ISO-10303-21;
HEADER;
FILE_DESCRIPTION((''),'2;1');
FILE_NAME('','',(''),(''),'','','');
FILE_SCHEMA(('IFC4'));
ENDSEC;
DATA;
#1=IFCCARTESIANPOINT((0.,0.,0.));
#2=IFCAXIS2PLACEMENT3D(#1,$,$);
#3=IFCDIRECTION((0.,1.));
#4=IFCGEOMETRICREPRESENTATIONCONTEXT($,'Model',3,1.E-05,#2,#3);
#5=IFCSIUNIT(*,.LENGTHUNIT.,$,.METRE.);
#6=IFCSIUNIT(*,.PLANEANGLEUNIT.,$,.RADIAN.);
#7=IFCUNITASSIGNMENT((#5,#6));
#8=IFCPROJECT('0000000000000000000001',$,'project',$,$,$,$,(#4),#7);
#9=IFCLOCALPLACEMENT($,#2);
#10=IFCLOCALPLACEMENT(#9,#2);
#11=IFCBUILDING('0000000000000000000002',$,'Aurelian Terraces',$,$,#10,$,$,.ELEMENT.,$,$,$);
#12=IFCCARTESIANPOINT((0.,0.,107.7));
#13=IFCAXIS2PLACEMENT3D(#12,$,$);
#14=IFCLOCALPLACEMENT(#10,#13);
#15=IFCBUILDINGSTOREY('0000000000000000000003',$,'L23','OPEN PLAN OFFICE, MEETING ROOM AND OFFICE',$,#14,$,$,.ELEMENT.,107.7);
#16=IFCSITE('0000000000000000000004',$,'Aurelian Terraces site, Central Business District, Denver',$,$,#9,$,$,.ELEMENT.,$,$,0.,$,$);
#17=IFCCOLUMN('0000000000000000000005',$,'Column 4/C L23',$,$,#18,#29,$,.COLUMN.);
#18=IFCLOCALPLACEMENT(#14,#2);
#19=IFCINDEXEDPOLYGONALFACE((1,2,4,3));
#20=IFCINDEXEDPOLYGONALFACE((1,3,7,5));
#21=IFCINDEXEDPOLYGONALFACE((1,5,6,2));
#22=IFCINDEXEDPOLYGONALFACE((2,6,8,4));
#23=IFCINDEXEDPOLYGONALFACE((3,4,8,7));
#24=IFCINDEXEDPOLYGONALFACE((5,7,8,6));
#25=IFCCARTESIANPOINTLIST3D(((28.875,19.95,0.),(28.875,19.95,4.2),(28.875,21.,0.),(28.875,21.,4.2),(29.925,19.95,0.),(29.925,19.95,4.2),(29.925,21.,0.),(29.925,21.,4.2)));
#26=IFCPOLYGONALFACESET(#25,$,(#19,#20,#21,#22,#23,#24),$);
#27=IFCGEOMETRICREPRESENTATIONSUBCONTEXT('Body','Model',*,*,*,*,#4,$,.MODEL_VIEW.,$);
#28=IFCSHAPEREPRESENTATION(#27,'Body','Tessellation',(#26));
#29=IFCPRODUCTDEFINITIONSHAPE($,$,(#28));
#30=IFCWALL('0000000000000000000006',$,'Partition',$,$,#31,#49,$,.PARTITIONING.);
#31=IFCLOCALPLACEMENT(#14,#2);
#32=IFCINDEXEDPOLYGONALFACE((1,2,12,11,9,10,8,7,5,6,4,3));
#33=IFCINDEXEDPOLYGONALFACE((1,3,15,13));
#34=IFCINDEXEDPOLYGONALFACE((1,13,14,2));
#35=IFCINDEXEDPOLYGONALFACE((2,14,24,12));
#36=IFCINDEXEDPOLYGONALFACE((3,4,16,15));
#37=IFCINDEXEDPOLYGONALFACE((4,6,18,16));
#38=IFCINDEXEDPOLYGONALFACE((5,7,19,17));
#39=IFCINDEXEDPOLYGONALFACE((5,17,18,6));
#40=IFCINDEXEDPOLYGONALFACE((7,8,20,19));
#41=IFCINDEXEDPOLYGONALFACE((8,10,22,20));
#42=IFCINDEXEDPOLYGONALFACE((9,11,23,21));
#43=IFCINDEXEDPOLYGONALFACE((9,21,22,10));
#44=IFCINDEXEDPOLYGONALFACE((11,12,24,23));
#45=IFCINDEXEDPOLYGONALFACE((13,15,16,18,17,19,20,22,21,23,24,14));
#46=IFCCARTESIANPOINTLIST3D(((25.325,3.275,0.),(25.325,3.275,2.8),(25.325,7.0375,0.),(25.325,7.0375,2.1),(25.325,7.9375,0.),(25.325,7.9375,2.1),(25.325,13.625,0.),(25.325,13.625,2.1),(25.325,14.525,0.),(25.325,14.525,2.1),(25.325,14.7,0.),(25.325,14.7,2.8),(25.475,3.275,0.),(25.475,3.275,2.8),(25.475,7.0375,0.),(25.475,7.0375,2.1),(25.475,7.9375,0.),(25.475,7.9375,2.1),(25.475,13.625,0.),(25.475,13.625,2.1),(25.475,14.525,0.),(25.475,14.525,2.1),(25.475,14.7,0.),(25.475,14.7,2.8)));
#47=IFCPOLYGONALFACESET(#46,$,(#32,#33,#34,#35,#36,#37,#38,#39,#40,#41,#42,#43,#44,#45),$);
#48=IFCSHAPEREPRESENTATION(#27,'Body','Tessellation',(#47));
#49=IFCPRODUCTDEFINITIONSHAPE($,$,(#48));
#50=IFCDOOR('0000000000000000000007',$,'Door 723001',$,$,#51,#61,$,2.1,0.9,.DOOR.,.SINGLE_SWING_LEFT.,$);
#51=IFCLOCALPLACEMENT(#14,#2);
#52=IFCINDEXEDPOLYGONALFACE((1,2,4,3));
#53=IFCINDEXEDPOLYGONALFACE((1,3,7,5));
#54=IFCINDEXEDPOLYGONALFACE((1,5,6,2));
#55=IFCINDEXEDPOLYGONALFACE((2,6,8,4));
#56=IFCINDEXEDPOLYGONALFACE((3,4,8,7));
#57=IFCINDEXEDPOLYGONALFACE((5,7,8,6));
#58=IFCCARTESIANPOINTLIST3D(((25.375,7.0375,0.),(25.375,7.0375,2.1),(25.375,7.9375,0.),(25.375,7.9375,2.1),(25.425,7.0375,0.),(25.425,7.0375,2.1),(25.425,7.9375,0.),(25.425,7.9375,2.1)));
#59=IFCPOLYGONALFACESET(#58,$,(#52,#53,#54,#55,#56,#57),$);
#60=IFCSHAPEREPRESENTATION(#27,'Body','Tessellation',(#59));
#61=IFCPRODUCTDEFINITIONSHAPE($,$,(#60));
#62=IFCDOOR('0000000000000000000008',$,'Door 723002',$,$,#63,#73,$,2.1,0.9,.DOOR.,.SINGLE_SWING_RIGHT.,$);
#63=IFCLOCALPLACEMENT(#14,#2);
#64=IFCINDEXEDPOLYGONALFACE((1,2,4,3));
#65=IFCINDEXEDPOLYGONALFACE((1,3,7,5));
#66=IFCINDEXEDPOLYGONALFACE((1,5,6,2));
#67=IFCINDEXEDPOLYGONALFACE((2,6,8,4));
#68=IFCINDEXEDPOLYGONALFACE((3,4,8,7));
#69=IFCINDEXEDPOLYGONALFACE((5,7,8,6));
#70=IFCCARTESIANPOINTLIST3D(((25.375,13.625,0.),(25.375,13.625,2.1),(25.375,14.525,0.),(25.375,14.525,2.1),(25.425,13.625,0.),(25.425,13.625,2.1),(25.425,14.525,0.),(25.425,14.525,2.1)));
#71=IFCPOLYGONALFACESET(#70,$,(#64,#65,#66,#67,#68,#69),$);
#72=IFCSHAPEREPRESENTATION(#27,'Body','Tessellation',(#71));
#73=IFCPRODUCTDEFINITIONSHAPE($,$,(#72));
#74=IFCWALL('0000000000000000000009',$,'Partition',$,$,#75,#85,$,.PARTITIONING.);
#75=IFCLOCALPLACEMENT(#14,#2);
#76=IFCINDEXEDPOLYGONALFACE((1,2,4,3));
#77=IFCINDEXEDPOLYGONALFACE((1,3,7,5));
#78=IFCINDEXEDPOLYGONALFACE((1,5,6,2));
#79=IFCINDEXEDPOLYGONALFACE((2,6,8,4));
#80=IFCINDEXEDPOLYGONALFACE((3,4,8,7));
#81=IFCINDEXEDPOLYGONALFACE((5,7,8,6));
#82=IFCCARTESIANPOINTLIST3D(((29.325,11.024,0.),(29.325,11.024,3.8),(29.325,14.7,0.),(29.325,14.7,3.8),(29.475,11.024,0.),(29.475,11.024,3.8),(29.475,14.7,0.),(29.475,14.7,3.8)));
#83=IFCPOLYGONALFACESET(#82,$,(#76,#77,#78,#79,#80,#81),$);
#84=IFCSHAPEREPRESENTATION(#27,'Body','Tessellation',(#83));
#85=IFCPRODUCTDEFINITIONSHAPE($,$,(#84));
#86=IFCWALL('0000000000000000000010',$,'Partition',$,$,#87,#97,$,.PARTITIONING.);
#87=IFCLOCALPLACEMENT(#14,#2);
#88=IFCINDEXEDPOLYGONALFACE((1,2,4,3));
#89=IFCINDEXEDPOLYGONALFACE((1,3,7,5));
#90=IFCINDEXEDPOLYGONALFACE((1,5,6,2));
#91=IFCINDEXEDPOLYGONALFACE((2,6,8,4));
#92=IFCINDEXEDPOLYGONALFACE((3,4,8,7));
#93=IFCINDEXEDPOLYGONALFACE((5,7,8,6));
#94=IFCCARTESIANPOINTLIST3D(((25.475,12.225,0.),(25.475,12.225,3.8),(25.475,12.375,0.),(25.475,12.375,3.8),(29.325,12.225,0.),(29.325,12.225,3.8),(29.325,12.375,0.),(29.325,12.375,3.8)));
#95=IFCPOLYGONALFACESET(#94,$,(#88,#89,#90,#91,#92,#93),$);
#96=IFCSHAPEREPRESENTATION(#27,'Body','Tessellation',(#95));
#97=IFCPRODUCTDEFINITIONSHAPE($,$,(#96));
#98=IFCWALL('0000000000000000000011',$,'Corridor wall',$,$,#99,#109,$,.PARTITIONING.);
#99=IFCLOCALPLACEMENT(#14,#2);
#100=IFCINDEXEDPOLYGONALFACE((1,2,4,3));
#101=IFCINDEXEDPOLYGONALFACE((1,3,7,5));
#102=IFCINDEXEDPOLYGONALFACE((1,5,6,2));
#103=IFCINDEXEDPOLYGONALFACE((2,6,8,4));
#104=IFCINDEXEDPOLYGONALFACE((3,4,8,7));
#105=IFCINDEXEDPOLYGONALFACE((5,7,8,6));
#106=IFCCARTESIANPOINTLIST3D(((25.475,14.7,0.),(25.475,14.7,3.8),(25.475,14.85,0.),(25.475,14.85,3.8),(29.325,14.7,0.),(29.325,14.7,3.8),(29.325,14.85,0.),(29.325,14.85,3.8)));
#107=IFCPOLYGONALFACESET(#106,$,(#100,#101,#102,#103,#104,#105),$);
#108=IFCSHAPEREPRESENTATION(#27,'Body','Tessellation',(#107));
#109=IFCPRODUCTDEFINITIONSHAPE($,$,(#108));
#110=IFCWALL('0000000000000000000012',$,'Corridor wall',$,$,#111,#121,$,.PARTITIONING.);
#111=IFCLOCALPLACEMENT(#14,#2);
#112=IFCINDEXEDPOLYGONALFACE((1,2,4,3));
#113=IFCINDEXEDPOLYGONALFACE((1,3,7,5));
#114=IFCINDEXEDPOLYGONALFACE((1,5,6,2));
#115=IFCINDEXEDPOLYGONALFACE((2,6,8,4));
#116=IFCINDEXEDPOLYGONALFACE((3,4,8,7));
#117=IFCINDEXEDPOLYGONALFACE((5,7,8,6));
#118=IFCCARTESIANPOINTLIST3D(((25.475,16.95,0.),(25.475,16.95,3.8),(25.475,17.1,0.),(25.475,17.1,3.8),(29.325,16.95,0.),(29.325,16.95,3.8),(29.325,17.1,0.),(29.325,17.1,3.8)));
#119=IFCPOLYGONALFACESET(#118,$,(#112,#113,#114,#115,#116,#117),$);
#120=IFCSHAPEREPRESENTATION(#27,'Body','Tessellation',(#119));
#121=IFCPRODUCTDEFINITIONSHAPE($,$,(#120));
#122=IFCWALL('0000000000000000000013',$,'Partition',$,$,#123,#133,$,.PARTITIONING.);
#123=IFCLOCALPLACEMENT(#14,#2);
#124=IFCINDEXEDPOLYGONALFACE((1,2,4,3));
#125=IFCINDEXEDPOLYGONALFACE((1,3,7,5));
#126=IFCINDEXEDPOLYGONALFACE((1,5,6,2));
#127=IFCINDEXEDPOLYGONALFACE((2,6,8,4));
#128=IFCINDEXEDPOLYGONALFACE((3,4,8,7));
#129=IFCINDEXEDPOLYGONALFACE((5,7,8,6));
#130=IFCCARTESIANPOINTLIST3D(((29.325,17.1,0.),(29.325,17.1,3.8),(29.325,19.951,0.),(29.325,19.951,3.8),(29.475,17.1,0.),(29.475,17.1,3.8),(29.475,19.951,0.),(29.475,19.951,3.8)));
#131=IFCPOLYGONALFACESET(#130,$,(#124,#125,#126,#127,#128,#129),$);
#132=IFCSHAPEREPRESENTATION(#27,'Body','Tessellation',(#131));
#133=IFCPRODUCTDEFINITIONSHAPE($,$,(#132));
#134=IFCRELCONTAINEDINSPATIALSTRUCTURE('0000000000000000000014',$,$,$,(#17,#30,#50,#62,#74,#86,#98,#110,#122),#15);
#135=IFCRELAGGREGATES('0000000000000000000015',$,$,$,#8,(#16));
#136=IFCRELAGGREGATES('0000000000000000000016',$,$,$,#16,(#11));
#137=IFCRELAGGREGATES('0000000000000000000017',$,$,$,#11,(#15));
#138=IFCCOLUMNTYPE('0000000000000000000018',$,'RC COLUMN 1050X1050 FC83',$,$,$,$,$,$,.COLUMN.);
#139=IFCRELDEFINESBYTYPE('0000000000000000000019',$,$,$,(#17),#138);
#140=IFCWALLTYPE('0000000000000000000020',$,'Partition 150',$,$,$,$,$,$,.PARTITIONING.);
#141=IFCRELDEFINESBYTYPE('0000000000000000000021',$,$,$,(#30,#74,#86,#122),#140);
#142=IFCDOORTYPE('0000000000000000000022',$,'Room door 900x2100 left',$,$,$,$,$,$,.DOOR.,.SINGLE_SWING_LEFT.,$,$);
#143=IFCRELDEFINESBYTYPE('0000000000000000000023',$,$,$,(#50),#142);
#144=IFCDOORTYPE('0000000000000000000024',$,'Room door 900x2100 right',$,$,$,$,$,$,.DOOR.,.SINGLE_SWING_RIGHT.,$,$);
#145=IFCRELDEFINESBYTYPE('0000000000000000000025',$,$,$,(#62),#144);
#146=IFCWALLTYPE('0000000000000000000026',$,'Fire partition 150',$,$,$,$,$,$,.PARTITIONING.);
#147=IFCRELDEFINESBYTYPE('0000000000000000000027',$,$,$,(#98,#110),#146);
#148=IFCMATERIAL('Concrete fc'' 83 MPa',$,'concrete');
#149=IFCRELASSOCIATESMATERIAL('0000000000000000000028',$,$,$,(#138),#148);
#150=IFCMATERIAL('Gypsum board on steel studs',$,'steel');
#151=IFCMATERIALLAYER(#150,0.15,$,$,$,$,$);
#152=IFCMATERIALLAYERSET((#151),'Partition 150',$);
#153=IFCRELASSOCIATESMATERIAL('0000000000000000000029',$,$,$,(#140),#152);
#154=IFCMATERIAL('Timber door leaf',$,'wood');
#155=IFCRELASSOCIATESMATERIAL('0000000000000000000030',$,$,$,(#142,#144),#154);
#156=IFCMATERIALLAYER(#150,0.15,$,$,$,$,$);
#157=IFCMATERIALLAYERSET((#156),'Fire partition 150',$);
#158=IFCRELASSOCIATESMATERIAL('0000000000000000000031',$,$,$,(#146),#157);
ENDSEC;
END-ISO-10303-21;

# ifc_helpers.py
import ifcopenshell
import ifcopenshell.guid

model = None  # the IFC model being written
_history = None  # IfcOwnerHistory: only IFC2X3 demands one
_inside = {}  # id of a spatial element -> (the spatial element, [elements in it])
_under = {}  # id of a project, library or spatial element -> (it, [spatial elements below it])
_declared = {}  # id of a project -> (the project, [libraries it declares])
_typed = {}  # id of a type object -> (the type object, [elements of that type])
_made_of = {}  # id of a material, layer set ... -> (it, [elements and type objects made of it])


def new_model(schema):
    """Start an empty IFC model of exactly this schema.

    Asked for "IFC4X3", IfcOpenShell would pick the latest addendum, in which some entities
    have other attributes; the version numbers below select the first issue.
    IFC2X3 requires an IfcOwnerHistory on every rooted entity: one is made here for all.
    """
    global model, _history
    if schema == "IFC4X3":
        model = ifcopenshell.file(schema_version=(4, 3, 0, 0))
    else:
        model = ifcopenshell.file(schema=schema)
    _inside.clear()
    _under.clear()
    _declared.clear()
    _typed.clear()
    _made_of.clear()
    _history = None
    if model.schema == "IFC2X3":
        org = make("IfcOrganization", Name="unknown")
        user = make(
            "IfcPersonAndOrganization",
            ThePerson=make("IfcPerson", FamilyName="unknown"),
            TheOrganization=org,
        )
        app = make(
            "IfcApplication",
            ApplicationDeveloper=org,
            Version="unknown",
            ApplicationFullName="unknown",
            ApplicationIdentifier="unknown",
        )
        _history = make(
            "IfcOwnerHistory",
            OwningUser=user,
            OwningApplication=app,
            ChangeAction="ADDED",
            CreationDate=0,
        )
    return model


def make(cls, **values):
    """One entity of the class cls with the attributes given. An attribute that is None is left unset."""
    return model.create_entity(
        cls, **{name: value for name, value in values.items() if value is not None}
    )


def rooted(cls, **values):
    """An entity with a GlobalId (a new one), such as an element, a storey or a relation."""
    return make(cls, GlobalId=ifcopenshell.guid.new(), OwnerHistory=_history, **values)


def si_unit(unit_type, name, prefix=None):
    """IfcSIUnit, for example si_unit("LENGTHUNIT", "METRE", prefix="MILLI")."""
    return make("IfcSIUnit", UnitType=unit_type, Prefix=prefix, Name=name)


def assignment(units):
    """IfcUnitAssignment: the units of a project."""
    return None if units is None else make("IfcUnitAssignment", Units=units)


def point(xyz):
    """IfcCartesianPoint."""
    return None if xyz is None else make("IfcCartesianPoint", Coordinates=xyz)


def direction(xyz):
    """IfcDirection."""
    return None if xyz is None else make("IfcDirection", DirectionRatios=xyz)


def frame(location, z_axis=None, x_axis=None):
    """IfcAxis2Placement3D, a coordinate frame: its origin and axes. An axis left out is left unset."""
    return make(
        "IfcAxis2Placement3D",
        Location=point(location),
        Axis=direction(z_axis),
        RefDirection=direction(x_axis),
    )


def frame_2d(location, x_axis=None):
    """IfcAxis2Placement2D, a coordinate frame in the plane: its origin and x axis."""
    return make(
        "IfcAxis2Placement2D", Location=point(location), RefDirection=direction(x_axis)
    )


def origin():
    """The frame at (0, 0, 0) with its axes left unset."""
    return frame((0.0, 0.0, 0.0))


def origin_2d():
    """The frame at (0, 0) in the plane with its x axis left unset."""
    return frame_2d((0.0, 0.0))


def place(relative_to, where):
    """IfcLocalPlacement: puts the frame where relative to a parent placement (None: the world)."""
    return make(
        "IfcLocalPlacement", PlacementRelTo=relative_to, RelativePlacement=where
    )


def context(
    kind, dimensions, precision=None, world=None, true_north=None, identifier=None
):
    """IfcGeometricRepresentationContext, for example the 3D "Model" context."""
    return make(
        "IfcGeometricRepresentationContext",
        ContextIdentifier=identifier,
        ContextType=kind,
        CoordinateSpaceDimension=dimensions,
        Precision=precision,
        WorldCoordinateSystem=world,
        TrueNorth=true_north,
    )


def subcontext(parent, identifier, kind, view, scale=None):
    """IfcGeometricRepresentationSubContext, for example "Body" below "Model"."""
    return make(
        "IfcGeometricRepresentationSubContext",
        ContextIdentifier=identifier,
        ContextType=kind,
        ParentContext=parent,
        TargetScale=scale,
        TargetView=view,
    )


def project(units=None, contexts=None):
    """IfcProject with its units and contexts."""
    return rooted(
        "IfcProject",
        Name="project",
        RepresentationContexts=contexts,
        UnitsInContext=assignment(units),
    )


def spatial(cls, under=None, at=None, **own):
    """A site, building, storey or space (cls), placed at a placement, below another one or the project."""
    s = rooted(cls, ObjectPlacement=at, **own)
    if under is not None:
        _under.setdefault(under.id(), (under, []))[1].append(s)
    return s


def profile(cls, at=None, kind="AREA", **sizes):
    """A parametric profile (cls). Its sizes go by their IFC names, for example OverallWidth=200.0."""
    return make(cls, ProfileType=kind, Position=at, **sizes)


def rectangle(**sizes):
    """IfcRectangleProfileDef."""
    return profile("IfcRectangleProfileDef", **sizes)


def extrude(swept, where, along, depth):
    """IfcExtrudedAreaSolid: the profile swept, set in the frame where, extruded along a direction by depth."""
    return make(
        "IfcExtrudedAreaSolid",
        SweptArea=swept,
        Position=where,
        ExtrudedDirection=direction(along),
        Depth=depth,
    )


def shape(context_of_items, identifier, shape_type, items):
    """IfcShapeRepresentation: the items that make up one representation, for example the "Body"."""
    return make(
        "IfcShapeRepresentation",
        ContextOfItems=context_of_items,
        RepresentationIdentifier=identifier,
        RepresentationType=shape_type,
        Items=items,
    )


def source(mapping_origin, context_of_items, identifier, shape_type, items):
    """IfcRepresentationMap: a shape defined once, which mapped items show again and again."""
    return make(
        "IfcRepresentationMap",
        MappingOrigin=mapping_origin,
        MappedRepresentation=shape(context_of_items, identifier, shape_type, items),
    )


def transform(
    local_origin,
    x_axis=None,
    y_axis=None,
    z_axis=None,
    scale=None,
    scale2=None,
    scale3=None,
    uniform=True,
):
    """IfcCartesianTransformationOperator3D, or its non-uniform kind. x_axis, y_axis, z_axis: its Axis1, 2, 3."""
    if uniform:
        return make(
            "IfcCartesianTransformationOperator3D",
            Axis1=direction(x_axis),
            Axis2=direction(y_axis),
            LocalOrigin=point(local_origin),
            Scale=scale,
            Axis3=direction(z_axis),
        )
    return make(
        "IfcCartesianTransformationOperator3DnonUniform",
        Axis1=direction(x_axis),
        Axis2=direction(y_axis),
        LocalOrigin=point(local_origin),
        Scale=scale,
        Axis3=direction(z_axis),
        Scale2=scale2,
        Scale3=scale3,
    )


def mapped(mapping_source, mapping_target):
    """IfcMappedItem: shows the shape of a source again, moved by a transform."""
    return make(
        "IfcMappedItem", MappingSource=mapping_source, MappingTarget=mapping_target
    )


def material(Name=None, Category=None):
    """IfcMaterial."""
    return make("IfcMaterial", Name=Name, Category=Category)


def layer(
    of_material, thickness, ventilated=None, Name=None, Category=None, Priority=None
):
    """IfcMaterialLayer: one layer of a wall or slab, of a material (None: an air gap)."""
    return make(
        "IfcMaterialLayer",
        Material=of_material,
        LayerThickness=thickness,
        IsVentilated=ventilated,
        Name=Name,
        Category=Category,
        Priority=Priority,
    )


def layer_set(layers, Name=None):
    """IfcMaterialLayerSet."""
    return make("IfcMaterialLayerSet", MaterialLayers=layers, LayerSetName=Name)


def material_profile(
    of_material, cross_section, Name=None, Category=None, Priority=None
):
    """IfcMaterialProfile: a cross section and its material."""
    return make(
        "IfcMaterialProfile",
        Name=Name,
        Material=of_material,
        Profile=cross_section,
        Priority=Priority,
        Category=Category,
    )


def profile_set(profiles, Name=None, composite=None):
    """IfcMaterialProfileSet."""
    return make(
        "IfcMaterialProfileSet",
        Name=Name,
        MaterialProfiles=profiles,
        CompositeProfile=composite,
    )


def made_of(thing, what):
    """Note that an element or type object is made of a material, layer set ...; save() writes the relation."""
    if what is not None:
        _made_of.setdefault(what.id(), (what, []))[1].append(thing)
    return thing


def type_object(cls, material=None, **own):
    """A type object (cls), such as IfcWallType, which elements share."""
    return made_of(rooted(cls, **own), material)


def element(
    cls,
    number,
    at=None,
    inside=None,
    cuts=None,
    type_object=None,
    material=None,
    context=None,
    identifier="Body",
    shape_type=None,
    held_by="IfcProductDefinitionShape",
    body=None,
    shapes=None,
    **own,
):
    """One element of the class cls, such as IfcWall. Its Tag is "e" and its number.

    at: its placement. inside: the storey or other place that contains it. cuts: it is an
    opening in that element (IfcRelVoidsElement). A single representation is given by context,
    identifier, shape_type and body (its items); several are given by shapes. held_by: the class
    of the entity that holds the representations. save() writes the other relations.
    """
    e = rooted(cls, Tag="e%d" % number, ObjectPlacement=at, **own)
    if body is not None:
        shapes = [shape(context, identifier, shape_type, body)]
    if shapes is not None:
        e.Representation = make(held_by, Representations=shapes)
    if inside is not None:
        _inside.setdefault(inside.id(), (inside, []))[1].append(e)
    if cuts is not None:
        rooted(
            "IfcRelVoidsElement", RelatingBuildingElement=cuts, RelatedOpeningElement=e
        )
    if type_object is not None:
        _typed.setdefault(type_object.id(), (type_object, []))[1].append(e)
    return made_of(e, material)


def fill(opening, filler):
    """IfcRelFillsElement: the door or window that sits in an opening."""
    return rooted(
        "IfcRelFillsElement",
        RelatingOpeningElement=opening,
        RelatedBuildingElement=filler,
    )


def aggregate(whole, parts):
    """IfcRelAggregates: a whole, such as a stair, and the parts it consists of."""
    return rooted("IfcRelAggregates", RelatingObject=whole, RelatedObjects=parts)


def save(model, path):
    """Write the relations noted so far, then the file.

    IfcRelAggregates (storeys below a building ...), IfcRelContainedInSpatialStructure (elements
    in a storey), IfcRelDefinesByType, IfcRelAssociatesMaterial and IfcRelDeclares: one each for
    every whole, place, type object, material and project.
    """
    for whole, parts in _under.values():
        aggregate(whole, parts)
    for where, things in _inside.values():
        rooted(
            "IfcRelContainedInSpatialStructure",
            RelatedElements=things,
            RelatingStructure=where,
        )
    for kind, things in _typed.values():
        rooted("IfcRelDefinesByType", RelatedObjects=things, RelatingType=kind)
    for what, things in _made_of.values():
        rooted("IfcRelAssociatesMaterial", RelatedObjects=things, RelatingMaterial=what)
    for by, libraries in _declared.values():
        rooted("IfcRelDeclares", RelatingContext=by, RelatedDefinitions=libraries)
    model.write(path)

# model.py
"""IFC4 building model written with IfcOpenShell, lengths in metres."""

from ifc_helpers import new_model, si_unit, direction, frame, frame_2d, origin, origin_2d, place, context, subcontext, project, spatial, rectangle, extrude, source, transform, mapped, material, layer, layer_set, material_profile, profile_set, type_object, element, fill, save


model = new_model("IFC4")

# Units and contexts
model_context = context("Model", 3, precision=1e-05, world=origin(), true_north=direction((0.0, 1.0)))
body_context = subcontext(model_context, "Body", "Model", "MODEL_VIEW")
ifc_project = project(units=[si_unit("LENGTHUNIT", "METRE"), si_unit("PLANEANGLEUNIT", "RADIAN")], contexts=[model_context])

# Site, building, storey
site_placement = place(None, origin())
site = spatial("IfcSite", under=ifc_project, at=site_placement, Name="Aurelian Terraces site, Central Business District, Denver", CompositionType="ELEMENT", RefElevation=0.0)
building_placement = place(site_placement, origin())
building = spatial("IfcBuilding", under=site, at=building_placement, Name="Aurelian Terraces", CompositionType="ELEMENT")
storey_placement = place(building_placement, frame((0.0, 0.0, 107.7)))
storey = spatial("IfcBuildingStorey", under=building, at=storey_placement, Name="L23", Description="OPEN PLAN OFFICE, MEETING ROOM AND OFFICE", CompositionType="ELEMENT", Elevation=107.7)

# Column
ifc_material_1 = material(Name="Concrete fc' 83 MPa", Category="concrete")
ifc_material_profile = material_profile(ifc_material_1, rectangle(XDim=1.05, YDim=1.05, at=origin_2d()))
ifc_profile_set = profile_set([ifc_material_profile], Name="Concrete fc' 83 MPa")
column_type = type_object("IfcColumnType", Name="RC COLUMN 1050X1050 FC83", PredefinedType="COLUMN", material=ifc_profile_set)
shared_shape_1 = source(origin(), body_context, "Body", "SweptSolid", [
    extrude(rectangle(XDim=1.05, YDim=1.05, at=origin_2d()), origin(), (0.0, 0.0, 1.0), 4.2),
])
column_placement = place(storey_placement, frame((29.4, 20.475, 0.0), z_axis=(0.0, 0.0, 1.0), x_axis=(1.0, 0.0, 0.0)))
element("IfcColumn", 1, at=column_placement, inside=storey, type_object=column_type, Name="Column 4/C L23", PredefinedType="COLUMN", context=body_context, shape_type="MappedRepresentation", body=[
    mapped(shared_shape_1, transform((0.0, 0.0, 0.0), scale=1.0)),
])

# Wall, openings, doors
ifc_material_2 = material(Name="Gypsum board on steel studs", Category="steel")
ifc_layer_1 = layer(ifc_material_2, 0.15)
ifc_layer_set_1 = layer_set([ifc_layer_1], Name="Partition 150")
wall_type_1 = type_object("IfcWallType", Name="Partition 150", PredefinedType="PARTITIONING", material=ifc_layer_set_1)
wall_1_placement = place(storey_placement, frame((25.4, 14.7, 0.0), z_axis=(0.0, 0.0, 1.0), x_axis=(0.0, -1.0, 0.0)))
wall_1 = element("IfcWall", 2, at=wall_1_placement, inside=storey, type_object=wall_type_1, Name="Partition", PredefinedType="PARTITIONING", context=body_context, shape_type="SweptSolid", body=[
    extrude(rectangle(XDim=11.425, YDim=0.15, at=frame_2d((5.7125, 0.0))), origin(), (0.0, 0.0, 1.0), 2.8),
])
shared_shape_2 = source(origin(), body_context, "Body", "SweptSolid", [
    extrude(rectangle(XDim=0.9, YDim=2.1, at=frame_2d((0.45, 1.05))), frame((0.0, 0.085, 0.0), z_axis=(0.0, -1.0, 0.0), x_axis=(1.0, 0.0, 0.0)), (0.0, 0.0, 1.0), 0.17),
])
opening_1_placement = place(wall_1_placement, frame((6.7625, 0.0, 0.0)))
opening_1 = element("IfcOpeningElement", 3, at=opening_1_placement, cuts=wall_1, PredefinedType="OPENING", context=body_context, shape_type="MappedRepresentation", body=[
    mapped(shared_shape_2, transform((0.0, 0.0, 0.0), scale=1.0)),
])
opening_2_placement = place(wall_1_placement, frame((0.175, 0.0, 0.0)))
opening_2 = element("IfcOpeningElement", 4, at=opening_2_placement, cuts=wall_1, PredefinedType="OPENING", context=body_context, shape_type="MappedRepresentation", body=[
    mapped(shared_shape_2, transform((0.0, 0.0, 0.0), scale=1.0)),
])
ifc_material_3 = material(Name="Timber door leaf", Category="wood")
door_type_1 = type_object("IfcDoorType", Name="Room door 900x2100 left", OperationType="SINGLE_SWING_LEFT", PredefinedType="DOOR", material=ifc_material_3)
shared_shape_3 = source(origin(), body_context, "Body", "SweptSolid", [
    extrude(rectangle(XDim=0.9, YDim=2.1, at=frame_2d((0.45, 1.05))), frame((0.0, 0.025, 0.0), z_axis=(0.0, -1.0, 0.0), x_axis=(1.0, 0.0, 0.0)), (0.0, 0.0, 1.0), 0.05),
])
door_1_placement = place(opening_1_placement, origin())
door_1 = element("IfcDoor", 5, at=door_1_placement, inside=storey, type_object=door_type_1, Name="Door 723001", OperationType="SINGLE_SWING_LEFT", OverallHeight=2.1, OverallWidth=0.9, PredefinedType="DOOR", context=body_context, shape_type="MappedRepresentation", body=[
    mapped(shared_shape_3, transform((0.0, 0.0, 0.0), scale=1.0)),
])
fill(opening_1, door_1)
door_type_2 = type_object("IfcDoorType", Name="Room door 900x2100 right", OperationType="SINGLE_SWING_RIGHT", PredefinedType="DOOR", material=ifc_material_3)
door_2_placement = place(opening_2_placement, origin())
door_2 = element("IfcDoor", 6, at=door_2_placement, inside=storey, type_object=door_type_2, Name="Door 723002", OperationType="SINGLE_SWING_RIGHT", OverallHeight=2.1, OverallWidth=0.9, PredefinedType="DOOR", context=body_context, shape_type="MappedRepresentation", body=[
    mapped(shared_shape_3, transform((0.0, 0.0, 0.0), scale=1.0)),
])
fill(opening_2, door_2)

# Wall
wall_2_placement = place(storey_placement, frame((29.4, 11.024, 0.0), z_axis=(0.0, 0.0, 1.0), x_axis=(0.0, 1.0, 0.0)))
element("IfcWall", 7, at=wall_2_placement, inside=storey, type_object=wall_type_1, Name="Partition", PredefinedType="PARTITIONING", context=body_context, shape_type="SweptSolid", body=[
    extrude(rectangle(XDim=3.676, YDim=0.15, at=frame_2d((1.838, 0.0))), origin(), (0.0, 0.0, 1.0), 3.8),
])

# Shared definitions
ifc_layer_2 = layer(ifc_material_2, 0.15)
ifc_layer_set_2 = layer_set([ifc_layer_2], Name="Fire partition 150")
wall_type_2 = type_object("IfcWallType", Name="Fire partition 150", PredefinedType="PARTITIONING", material=ifc_layer_set_2)

# Walls
shared_shape_4 = source(origin(), body_context, "Body", "SweptSolid", [
    extrude(rectangle(XDim=3.85, YDim=0.15, at=frame_2d((1.925, 0.0))), origin(), (0.0, 0.0, 1.0), 3.8),
])
wall_3_placement = place(storey_placement, frame((29.325, 12.3, 0.0), z_axis=(0.0, 0.0, 1.0), x_axis=(-1.0, 0.0, 0.0)))
element("IfcWall", 8, at=wall_3_placement, inside=storey, type_object=wall_type_1, Name="Partition", PredefinedType="PARTITIONING", context=body_context, shape_type="MappedRepresentation", body=[
    mapped(shared_shape_4, transform((0.0, 0.0, 0.0), scale=1.0)),
])
for number, where, z_axis, x_axis, name in (
    (9, (29.325, 14.775, 0.0), (0.0, 0.0, 1.0), (-1.0, 0.0, 0.0), "Corridor wall"),
    (10, (25.475, 17.025, 0.0), (0.0, 0.0, 1.0), (1.0, 0.0, 0.0), "Corridor wall"),
):
    element("IfcWall", number, at=place(storey_placement, frame(where, z_axis=z_axis, x_axis=x_axis)), inside=storey, type_object=wall_type_2, Name=name, PredefinedType="PARTITIONING", context=body_context, shape_type="MappedRepresentation", body=[
        mapped(shared_shape_4, transform((0.0, 0.0, 0.0), scale=1.0)),
    ])
shared_shape_5 = source(origin(), body_context, "Body", "SweptSolid", [
    extrude(rectangle(XDim=2.851, YDim=0.15, at=frame_2d((1.4255, 0.0))), origin(), (0.0, 0.0, 1.0), 3.8),
])
wall_4_placement = place(storey_placement, frame((29.4, 17.1, 0.0), z_axis=(0.0, 0.0, 1.0), x_axis=(0.0, 1.0, 0.0)))
element("IfcWall", 11, at=wall_4_placement, inside=storey, type_object=wall_type_1, Name="Partition", PredefinedType="PARTITIONING", context=body_context, shape_type="MappedRepresentation", body=[
    mapped(shared_shape_5, transform((0.0, 0.0, 0.0), scale=1.0)),
])

save(model, "model.ifc")
